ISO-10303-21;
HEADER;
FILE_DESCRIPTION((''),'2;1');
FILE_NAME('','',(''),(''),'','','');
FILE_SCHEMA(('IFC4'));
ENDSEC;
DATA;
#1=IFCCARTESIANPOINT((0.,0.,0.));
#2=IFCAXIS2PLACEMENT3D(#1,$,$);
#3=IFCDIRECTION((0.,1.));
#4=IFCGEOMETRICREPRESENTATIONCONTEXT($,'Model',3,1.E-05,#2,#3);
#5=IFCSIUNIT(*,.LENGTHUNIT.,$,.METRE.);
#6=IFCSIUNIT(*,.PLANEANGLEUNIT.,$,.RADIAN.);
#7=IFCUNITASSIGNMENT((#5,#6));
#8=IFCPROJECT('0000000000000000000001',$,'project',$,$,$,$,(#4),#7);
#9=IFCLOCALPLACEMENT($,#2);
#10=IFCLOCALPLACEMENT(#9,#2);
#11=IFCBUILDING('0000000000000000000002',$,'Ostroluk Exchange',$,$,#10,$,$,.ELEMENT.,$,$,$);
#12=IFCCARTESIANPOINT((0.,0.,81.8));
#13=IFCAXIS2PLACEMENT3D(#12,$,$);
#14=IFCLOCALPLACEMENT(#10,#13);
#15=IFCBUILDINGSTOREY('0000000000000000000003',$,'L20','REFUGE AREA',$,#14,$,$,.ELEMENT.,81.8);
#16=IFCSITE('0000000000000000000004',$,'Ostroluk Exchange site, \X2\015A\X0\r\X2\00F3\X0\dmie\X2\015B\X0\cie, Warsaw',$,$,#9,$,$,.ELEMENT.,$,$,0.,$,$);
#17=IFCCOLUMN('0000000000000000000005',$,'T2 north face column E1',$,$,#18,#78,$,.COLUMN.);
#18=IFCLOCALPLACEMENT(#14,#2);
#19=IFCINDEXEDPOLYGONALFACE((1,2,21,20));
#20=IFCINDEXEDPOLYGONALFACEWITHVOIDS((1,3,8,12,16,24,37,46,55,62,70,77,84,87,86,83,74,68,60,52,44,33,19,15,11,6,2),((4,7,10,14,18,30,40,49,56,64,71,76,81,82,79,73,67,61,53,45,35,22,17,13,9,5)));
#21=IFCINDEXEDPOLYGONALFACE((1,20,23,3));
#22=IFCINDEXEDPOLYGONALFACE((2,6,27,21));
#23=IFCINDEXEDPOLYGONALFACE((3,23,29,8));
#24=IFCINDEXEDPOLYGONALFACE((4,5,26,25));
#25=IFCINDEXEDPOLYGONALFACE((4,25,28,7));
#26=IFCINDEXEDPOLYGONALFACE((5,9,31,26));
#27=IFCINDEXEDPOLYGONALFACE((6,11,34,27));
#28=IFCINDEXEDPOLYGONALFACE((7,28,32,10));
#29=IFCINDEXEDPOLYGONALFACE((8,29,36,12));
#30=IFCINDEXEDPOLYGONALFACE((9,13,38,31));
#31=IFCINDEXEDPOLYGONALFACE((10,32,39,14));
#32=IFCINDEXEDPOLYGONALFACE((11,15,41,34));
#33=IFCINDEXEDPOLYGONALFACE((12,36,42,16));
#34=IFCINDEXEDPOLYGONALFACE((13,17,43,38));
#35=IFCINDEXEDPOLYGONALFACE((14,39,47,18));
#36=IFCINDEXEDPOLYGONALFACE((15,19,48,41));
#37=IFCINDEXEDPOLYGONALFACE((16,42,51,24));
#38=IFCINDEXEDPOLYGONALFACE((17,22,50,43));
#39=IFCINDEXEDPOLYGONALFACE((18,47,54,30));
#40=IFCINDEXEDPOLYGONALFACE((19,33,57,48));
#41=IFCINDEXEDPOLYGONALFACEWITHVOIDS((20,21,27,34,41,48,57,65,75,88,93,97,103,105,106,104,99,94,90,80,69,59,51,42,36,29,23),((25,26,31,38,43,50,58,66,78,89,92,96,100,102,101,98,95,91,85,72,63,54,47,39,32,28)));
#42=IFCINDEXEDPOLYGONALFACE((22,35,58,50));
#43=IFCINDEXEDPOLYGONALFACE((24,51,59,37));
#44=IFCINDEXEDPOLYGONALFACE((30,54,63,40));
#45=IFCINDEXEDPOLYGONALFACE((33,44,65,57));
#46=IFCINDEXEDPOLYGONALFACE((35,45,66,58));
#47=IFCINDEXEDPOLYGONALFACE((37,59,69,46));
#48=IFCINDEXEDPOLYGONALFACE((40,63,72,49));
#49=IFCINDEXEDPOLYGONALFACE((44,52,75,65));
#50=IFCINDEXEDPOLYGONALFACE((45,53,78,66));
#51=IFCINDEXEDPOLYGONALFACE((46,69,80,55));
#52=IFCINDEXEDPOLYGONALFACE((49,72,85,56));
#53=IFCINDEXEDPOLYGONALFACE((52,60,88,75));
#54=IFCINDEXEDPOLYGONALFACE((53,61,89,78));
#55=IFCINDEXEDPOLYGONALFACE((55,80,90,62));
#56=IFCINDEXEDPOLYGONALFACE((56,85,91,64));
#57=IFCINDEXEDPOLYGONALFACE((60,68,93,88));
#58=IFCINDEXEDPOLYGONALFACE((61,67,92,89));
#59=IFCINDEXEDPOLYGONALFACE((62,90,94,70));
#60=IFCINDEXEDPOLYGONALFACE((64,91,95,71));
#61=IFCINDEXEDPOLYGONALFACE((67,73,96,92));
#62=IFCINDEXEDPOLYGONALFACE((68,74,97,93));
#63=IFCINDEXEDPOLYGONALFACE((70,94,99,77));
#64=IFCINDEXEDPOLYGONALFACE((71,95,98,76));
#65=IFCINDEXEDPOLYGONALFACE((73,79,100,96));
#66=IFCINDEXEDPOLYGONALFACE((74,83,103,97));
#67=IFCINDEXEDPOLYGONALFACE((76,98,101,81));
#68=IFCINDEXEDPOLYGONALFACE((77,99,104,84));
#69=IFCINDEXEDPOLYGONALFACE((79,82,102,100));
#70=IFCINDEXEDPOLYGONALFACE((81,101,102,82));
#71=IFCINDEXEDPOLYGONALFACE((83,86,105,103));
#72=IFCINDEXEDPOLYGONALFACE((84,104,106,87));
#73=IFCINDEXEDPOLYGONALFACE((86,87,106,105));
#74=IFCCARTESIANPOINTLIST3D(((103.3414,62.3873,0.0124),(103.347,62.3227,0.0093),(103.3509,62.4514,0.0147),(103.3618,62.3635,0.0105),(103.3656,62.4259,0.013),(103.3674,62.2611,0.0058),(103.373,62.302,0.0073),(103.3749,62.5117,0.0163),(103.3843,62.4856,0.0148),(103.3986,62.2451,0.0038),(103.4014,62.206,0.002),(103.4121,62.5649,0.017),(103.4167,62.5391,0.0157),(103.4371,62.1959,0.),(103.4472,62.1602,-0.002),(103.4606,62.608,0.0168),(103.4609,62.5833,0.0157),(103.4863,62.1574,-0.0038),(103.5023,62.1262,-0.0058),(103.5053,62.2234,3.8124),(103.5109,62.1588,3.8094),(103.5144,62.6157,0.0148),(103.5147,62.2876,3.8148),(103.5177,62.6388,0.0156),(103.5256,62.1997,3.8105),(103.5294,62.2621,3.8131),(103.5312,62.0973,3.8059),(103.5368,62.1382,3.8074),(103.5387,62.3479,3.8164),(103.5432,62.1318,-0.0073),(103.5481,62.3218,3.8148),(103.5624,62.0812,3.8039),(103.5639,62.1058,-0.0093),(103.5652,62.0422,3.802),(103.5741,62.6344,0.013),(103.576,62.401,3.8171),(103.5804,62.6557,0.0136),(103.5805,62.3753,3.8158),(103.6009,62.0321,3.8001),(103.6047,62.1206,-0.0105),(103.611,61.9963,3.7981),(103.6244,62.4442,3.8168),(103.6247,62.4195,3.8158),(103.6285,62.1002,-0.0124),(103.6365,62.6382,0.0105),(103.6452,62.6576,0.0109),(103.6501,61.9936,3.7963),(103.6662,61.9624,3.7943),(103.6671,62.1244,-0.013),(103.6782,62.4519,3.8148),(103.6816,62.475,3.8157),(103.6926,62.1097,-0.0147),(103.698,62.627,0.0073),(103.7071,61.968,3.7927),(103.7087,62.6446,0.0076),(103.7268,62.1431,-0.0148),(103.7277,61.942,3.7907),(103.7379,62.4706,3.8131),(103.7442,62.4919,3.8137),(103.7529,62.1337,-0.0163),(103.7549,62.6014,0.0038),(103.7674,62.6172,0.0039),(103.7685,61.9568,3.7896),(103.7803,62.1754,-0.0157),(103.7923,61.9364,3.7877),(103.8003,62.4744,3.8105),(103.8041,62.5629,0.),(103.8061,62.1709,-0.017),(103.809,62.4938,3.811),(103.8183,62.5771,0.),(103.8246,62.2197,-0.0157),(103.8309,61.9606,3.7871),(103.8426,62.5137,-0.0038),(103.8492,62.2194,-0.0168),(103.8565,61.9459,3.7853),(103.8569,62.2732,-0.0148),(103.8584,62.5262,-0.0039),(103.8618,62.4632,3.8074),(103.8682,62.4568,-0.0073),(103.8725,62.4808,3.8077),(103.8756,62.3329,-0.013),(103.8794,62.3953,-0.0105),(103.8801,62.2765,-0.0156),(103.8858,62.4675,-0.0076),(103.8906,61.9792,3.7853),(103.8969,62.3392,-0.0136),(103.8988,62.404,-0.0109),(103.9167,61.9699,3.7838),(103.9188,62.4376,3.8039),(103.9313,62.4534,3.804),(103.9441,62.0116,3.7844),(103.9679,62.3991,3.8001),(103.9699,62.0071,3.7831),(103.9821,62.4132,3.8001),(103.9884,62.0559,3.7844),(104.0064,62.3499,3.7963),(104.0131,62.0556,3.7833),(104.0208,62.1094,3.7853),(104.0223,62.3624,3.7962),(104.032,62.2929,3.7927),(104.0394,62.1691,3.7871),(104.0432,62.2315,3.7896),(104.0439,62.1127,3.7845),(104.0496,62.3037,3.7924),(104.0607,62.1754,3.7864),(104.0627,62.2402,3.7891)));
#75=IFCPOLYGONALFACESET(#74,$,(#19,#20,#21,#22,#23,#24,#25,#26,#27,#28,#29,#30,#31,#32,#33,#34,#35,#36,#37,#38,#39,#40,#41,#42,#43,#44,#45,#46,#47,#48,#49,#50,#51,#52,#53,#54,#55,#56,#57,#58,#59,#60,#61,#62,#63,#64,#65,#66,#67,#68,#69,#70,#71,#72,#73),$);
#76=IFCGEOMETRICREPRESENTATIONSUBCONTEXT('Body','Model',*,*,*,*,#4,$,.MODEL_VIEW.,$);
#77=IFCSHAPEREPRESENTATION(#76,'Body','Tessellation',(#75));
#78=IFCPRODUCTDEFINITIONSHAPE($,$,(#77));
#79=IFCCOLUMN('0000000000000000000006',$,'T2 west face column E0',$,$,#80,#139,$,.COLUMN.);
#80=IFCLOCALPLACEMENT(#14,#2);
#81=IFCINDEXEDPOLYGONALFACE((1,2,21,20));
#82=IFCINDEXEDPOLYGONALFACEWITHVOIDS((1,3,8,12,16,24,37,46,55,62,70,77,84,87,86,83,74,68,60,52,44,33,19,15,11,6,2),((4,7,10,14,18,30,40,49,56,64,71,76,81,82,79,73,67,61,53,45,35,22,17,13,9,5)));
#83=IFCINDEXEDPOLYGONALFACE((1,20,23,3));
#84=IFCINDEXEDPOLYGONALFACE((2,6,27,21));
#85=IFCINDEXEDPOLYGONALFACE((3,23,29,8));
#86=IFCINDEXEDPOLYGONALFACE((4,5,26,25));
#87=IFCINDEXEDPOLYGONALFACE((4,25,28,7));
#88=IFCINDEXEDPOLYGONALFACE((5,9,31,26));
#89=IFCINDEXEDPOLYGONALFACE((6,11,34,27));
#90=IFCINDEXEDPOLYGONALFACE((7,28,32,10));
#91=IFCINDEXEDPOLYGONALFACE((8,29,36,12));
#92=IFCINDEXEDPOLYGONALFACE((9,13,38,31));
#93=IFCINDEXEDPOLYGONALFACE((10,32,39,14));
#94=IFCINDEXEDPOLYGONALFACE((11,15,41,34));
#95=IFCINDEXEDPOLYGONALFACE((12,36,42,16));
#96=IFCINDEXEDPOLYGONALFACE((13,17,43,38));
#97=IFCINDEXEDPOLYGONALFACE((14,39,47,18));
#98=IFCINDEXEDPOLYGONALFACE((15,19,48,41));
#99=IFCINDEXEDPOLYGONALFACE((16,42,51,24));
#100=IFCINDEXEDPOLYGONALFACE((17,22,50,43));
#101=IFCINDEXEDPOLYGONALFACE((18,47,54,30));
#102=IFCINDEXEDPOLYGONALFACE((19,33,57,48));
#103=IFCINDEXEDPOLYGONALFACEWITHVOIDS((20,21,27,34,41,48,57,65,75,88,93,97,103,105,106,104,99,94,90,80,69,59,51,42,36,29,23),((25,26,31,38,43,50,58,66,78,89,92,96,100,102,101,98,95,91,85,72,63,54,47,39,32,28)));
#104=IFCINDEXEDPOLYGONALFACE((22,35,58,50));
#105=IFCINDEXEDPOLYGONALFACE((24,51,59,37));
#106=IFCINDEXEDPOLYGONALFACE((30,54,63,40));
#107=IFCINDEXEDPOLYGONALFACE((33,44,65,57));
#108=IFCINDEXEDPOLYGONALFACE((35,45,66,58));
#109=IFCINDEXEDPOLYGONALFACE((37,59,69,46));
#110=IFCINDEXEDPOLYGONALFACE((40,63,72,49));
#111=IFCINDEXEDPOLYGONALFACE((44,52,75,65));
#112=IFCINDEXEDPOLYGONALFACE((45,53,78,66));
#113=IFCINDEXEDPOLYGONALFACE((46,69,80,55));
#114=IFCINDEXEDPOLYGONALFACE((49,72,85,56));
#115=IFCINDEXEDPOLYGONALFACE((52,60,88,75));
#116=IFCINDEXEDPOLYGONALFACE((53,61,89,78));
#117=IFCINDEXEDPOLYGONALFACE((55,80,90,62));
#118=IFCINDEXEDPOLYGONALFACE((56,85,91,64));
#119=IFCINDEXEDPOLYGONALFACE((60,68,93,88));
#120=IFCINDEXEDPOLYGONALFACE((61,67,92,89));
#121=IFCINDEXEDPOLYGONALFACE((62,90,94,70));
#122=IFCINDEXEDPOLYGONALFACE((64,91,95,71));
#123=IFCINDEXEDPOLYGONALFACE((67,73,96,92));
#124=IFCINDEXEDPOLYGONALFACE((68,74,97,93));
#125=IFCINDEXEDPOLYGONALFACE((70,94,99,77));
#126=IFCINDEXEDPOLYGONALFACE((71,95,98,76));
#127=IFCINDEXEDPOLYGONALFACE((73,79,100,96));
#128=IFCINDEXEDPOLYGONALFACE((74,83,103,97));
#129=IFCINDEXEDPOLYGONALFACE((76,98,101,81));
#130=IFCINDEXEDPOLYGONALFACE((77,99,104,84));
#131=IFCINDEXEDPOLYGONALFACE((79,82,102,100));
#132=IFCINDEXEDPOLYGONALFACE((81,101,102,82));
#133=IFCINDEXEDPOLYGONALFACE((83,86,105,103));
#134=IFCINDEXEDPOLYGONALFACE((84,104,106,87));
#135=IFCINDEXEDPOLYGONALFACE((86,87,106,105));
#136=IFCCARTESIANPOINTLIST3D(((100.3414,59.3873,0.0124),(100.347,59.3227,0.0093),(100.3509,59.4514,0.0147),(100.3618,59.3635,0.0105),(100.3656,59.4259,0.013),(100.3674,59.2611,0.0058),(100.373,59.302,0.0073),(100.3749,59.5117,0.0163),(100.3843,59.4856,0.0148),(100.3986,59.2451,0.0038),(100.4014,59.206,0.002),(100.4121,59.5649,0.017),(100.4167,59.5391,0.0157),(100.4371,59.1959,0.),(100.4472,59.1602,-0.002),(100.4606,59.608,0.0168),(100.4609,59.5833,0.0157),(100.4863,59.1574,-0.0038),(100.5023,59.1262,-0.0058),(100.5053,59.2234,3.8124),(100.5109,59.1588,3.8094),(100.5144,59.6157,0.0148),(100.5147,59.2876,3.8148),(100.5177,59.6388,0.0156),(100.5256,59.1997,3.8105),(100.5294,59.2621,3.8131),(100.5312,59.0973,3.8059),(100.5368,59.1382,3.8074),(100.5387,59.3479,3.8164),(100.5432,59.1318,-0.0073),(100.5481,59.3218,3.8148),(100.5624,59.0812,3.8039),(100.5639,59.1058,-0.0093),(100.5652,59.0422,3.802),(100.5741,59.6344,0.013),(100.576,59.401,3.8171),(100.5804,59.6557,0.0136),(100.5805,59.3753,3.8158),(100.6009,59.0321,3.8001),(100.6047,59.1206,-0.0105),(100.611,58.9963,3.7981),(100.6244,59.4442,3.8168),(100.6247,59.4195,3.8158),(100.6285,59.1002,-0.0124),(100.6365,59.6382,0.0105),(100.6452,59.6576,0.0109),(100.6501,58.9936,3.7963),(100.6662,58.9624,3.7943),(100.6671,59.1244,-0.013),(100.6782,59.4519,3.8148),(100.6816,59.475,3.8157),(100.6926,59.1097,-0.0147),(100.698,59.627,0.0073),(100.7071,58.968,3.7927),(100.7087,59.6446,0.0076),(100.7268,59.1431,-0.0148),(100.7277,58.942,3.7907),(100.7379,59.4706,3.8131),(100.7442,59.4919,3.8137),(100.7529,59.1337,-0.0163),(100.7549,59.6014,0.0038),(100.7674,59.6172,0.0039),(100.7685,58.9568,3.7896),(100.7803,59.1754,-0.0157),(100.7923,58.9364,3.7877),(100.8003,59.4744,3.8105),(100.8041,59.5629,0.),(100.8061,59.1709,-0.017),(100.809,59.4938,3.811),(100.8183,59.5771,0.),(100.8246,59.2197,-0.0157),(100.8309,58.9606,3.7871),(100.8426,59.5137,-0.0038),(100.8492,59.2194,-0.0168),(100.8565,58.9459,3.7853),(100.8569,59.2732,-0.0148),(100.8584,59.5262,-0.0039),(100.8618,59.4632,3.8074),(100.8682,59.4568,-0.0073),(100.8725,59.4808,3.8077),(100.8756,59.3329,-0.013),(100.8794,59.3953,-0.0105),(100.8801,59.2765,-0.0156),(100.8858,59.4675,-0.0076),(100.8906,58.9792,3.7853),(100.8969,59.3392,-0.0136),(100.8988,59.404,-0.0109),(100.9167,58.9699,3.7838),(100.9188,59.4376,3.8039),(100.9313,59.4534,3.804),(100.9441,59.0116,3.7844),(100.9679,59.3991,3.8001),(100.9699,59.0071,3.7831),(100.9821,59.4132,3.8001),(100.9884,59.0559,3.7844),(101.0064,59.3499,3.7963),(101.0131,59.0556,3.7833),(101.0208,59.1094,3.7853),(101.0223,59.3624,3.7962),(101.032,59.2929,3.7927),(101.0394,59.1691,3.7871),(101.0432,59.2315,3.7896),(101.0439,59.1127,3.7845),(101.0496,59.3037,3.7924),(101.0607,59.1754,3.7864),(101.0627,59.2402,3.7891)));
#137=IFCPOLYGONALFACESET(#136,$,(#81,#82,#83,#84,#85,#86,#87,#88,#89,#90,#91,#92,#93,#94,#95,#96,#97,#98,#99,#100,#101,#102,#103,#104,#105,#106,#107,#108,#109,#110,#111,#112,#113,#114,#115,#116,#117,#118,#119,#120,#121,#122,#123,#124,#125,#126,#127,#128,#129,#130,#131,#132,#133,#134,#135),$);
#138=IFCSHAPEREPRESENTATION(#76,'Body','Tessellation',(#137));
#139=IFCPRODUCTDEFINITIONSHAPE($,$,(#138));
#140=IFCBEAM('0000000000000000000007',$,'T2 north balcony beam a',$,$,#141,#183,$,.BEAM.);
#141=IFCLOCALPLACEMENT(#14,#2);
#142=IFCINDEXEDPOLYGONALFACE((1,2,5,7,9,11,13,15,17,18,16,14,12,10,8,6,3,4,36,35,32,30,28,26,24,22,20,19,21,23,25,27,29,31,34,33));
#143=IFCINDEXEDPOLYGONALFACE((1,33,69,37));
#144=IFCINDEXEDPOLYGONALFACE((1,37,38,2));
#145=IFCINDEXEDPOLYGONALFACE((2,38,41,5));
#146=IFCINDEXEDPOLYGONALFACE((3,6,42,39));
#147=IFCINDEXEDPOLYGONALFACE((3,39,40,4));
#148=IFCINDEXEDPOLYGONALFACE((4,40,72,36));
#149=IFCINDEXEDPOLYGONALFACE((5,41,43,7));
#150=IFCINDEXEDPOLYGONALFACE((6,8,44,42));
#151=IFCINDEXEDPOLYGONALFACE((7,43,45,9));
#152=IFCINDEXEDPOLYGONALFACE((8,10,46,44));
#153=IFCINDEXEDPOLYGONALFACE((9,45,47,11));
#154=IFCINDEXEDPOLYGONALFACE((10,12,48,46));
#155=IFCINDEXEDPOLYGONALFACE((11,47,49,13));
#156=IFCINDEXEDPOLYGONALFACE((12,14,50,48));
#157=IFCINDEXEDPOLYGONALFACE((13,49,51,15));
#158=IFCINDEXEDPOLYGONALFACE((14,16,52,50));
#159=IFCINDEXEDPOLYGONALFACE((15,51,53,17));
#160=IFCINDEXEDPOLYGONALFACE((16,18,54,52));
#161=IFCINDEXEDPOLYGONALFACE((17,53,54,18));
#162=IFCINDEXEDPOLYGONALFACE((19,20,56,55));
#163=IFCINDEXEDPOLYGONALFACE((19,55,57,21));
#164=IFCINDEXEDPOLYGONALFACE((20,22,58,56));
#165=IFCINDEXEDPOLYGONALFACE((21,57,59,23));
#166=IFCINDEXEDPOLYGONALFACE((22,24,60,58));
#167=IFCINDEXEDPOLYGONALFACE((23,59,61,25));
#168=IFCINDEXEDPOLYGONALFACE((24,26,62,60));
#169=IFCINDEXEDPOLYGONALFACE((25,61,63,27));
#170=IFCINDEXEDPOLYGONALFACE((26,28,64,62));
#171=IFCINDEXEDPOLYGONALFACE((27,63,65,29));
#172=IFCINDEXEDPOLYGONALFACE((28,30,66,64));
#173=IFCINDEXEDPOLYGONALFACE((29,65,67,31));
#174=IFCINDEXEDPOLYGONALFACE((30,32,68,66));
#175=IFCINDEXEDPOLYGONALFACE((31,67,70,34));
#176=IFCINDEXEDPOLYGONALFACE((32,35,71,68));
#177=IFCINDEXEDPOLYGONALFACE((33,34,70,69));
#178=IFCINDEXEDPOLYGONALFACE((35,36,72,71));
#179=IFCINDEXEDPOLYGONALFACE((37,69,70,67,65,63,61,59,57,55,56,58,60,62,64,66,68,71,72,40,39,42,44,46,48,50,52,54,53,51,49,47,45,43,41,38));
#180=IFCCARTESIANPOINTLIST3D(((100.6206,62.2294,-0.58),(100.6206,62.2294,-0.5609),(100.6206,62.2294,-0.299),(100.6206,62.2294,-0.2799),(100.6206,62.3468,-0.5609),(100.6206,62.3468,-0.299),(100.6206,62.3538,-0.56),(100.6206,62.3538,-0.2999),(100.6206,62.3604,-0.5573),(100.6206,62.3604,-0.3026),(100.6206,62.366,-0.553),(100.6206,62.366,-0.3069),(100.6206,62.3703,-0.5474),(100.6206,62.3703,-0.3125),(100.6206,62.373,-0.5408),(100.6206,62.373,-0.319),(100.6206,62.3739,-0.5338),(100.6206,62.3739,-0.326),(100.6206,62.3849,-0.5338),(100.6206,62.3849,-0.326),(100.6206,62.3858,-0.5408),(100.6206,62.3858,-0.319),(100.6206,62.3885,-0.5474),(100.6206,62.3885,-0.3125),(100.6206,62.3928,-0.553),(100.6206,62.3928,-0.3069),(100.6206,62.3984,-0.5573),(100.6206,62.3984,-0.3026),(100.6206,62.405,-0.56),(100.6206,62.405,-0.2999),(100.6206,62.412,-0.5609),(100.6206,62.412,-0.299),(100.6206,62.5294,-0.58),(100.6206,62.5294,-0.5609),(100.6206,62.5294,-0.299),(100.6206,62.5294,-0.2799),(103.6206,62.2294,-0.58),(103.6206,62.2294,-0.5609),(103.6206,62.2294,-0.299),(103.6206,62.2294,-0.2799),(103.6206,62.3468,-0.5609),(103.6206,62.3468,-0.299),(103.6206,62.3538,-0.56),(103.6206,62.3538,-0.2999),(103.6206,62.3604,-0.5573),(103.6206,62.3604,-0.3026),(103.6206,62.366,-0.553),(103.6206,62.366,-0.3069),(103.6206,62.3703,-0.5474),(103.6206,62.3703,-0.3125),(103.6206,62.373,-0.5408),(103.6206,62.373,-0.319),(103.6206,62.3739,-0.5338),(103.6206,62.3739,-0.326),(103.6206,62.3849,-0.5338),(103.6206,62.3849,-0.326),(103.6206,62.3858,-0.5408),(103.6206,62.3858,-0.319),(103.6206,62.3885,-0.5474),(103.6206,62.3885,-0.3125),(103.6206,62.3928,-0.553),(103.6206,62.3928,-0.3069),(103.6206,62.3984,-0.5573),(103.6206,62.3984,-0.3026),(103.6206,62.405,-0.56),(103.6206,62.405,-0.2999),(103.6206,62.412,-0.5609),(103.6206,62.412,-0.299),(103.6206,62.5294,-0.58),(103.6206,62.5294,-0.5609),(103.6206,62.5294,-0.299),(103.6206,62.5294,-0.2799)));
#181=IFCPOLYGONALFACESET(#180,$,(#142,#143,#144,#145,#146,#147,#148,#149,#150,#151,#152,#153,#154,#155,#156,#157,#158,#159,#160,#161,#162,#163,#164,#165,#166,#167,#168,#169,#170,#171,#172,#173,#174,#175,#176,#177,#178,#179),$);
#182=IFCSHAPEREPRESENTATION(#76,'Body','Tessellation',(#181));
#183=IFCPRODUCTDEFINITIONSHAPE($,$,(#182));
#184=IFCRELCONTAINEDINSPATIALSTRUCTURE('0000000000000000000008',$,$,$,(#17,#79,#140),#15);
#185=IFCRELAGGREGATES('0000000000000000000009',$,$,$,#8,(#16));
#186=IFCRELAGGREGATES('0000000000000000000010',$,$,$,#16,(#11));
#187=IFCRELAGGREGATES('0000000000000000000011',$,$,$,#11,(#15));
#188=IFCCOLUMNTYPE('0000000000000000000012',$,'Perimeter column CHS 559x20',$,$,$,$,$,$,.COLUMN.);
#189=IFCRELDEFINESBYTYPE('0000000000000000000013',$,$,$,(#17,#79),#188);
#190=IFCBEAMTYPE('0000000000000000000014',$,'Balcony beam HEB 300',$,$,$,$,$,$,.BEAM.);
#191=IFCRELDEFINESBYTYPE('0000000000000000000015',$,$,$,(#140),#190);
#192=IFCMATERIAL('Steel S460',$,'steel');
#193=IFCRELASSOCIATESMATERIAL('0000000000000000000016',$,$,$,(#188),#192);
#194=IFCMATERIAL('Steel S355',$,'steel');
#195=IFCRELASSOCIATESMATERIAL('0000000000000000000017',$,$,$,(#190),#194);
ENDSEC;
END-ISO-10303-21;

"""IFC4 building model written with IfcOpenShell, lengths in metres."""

from ifc_helpers import new_model, si_unit, direction, frame, origin, origin_2d, place, context, subcontext, project, spatial, hollow_circle, i_section, extrude, material, material_profile, profile_set, type_object, element, save


model = new_model("IFC4")

# Units and contexts
model_context = context("Model", 3, precision=1e-05, world=origin(), true_north=direction((0.0, 1.0)))
body_context = subcontext(model_context, "Body", "Model", "MODEL_VIEW")
ifc_project = project(units=[si_unit("LENGTHUNIT", "METRE"), si_unit("PLANEANGLEUNIT", "RADIAN")], contexts=[model_context])

# Site, building, storey
site_placement = place(None, origin())
site = spatial("IfcSite", under=ifc_project, at=site_placement, Name="Ostroluk Exchange site, Śródmieście, Warsaw", CompositionType="ELEMENT", RefElevation=0.0)
building_placement = place(site_placement, origin())
building = spatial("IfcBuilding", under=site, at=building_placement, Name="Ostroluk Exchange", CompositionType="ELEMENT")
storey_placement = place(building_placement, frame((0.0, 0.0, 81.8)))
storey = spatial("IfcBuildingStorey", under=building, at=storey_placement, Name="L20", Description="REFUGE AREA", CompositionType="ELEMENT", Elevation=81.8)

# Columns
ifc_material_1 = material(Name="Steel S460", Category="steel")
ifc_material_profile_1 = material_profile(ifc_material_1, hollow_circle(Radius=0.2795, WallThickness=0.02, at=origin_2d()), Name="CHS 559x20")
ifc_profile_set_1 = profile_set([ifc_material_profile_1], Name="Steel S460")
column_type = type_object("IfcColumnType", Name="Perimeter column CHS 559x20", PredefinedType="COLUMN", material=ifc_profile_set_1)
for number, where, z_axis, x_axis, name in (
    (1, (103.6206, 62.3794, 0.0), (0.04303, -0.04303, 0.998147), (0.707107, 0.707107, 0.0), "T2 north face column E1"),
    (2, (100.6206, 59.3794, 0.0), (0.04303, -0.04303, 0.998147), (0.707107, 0.707107, 0.0), "T2 west face column E0"),
):
    element("IfcColumn", number, at=place(storey_placement, frame(where, z_axis=z_axis, x_axis=x_axis)), inside=storey, type_object=column_type, Name=name, PredefinedType="COLUMN", context=body_context, shape_type="SweptSolid", body=[
        extrude(hollow_circle(Radius=0.2795, WallThickness=0.02, at=origin_2d()), origin(), (0.0, 0.0, 1.0), 3.8071),
    ])

# Beam
ifc_material_2 = material(Name="Steel S355", Category="steel")
ifc_material_profile_2 = material_profile(ifc_material_2, i_section(OverallWidth=0.3, OverallDepth=0.3, WebThickness=0.011, FlangeThickness=0.019, FilletRadius=0.0271, at=origin_2d()), Name="HEB 300")
ifc_profile_set_2 = profile_set([ifc_material_profile_2], Name="Steel S355")
beam_type_1 = type_object("IfcBeamType", Name="Balcony beam HEB 300", PredefinedType="BEAM", material=ifc_profile_set_2)
for number, where, z_axis, x_axis, name in (
    (3, (103.6206, 62.3794, -0.4299), (-1.0, 0.0, 0.0), (0.0, -1.0, 0.0), "T2 north balcony beam a"),
):
    element("IfcBeam", number, at=place(storey_placement, frame(where, z_axis=z_axis, x_axis=x_axis)), inside=storey, type_object=beam_type_1, Name=name, PredefinedType="BEAM", context=body_context, shape_type="SweptSolid", body=[
        extrude(i_section(OverallWidth=0.3, OverallDepth=0.3, WebThickness=0.011, FlangeThickness=0.019, FilletRadius=0.0271, at=origin_2d()), origin(), (0.0, 0.0, 1.0), 3.0),
    ])

save(model, "model.ifc")
